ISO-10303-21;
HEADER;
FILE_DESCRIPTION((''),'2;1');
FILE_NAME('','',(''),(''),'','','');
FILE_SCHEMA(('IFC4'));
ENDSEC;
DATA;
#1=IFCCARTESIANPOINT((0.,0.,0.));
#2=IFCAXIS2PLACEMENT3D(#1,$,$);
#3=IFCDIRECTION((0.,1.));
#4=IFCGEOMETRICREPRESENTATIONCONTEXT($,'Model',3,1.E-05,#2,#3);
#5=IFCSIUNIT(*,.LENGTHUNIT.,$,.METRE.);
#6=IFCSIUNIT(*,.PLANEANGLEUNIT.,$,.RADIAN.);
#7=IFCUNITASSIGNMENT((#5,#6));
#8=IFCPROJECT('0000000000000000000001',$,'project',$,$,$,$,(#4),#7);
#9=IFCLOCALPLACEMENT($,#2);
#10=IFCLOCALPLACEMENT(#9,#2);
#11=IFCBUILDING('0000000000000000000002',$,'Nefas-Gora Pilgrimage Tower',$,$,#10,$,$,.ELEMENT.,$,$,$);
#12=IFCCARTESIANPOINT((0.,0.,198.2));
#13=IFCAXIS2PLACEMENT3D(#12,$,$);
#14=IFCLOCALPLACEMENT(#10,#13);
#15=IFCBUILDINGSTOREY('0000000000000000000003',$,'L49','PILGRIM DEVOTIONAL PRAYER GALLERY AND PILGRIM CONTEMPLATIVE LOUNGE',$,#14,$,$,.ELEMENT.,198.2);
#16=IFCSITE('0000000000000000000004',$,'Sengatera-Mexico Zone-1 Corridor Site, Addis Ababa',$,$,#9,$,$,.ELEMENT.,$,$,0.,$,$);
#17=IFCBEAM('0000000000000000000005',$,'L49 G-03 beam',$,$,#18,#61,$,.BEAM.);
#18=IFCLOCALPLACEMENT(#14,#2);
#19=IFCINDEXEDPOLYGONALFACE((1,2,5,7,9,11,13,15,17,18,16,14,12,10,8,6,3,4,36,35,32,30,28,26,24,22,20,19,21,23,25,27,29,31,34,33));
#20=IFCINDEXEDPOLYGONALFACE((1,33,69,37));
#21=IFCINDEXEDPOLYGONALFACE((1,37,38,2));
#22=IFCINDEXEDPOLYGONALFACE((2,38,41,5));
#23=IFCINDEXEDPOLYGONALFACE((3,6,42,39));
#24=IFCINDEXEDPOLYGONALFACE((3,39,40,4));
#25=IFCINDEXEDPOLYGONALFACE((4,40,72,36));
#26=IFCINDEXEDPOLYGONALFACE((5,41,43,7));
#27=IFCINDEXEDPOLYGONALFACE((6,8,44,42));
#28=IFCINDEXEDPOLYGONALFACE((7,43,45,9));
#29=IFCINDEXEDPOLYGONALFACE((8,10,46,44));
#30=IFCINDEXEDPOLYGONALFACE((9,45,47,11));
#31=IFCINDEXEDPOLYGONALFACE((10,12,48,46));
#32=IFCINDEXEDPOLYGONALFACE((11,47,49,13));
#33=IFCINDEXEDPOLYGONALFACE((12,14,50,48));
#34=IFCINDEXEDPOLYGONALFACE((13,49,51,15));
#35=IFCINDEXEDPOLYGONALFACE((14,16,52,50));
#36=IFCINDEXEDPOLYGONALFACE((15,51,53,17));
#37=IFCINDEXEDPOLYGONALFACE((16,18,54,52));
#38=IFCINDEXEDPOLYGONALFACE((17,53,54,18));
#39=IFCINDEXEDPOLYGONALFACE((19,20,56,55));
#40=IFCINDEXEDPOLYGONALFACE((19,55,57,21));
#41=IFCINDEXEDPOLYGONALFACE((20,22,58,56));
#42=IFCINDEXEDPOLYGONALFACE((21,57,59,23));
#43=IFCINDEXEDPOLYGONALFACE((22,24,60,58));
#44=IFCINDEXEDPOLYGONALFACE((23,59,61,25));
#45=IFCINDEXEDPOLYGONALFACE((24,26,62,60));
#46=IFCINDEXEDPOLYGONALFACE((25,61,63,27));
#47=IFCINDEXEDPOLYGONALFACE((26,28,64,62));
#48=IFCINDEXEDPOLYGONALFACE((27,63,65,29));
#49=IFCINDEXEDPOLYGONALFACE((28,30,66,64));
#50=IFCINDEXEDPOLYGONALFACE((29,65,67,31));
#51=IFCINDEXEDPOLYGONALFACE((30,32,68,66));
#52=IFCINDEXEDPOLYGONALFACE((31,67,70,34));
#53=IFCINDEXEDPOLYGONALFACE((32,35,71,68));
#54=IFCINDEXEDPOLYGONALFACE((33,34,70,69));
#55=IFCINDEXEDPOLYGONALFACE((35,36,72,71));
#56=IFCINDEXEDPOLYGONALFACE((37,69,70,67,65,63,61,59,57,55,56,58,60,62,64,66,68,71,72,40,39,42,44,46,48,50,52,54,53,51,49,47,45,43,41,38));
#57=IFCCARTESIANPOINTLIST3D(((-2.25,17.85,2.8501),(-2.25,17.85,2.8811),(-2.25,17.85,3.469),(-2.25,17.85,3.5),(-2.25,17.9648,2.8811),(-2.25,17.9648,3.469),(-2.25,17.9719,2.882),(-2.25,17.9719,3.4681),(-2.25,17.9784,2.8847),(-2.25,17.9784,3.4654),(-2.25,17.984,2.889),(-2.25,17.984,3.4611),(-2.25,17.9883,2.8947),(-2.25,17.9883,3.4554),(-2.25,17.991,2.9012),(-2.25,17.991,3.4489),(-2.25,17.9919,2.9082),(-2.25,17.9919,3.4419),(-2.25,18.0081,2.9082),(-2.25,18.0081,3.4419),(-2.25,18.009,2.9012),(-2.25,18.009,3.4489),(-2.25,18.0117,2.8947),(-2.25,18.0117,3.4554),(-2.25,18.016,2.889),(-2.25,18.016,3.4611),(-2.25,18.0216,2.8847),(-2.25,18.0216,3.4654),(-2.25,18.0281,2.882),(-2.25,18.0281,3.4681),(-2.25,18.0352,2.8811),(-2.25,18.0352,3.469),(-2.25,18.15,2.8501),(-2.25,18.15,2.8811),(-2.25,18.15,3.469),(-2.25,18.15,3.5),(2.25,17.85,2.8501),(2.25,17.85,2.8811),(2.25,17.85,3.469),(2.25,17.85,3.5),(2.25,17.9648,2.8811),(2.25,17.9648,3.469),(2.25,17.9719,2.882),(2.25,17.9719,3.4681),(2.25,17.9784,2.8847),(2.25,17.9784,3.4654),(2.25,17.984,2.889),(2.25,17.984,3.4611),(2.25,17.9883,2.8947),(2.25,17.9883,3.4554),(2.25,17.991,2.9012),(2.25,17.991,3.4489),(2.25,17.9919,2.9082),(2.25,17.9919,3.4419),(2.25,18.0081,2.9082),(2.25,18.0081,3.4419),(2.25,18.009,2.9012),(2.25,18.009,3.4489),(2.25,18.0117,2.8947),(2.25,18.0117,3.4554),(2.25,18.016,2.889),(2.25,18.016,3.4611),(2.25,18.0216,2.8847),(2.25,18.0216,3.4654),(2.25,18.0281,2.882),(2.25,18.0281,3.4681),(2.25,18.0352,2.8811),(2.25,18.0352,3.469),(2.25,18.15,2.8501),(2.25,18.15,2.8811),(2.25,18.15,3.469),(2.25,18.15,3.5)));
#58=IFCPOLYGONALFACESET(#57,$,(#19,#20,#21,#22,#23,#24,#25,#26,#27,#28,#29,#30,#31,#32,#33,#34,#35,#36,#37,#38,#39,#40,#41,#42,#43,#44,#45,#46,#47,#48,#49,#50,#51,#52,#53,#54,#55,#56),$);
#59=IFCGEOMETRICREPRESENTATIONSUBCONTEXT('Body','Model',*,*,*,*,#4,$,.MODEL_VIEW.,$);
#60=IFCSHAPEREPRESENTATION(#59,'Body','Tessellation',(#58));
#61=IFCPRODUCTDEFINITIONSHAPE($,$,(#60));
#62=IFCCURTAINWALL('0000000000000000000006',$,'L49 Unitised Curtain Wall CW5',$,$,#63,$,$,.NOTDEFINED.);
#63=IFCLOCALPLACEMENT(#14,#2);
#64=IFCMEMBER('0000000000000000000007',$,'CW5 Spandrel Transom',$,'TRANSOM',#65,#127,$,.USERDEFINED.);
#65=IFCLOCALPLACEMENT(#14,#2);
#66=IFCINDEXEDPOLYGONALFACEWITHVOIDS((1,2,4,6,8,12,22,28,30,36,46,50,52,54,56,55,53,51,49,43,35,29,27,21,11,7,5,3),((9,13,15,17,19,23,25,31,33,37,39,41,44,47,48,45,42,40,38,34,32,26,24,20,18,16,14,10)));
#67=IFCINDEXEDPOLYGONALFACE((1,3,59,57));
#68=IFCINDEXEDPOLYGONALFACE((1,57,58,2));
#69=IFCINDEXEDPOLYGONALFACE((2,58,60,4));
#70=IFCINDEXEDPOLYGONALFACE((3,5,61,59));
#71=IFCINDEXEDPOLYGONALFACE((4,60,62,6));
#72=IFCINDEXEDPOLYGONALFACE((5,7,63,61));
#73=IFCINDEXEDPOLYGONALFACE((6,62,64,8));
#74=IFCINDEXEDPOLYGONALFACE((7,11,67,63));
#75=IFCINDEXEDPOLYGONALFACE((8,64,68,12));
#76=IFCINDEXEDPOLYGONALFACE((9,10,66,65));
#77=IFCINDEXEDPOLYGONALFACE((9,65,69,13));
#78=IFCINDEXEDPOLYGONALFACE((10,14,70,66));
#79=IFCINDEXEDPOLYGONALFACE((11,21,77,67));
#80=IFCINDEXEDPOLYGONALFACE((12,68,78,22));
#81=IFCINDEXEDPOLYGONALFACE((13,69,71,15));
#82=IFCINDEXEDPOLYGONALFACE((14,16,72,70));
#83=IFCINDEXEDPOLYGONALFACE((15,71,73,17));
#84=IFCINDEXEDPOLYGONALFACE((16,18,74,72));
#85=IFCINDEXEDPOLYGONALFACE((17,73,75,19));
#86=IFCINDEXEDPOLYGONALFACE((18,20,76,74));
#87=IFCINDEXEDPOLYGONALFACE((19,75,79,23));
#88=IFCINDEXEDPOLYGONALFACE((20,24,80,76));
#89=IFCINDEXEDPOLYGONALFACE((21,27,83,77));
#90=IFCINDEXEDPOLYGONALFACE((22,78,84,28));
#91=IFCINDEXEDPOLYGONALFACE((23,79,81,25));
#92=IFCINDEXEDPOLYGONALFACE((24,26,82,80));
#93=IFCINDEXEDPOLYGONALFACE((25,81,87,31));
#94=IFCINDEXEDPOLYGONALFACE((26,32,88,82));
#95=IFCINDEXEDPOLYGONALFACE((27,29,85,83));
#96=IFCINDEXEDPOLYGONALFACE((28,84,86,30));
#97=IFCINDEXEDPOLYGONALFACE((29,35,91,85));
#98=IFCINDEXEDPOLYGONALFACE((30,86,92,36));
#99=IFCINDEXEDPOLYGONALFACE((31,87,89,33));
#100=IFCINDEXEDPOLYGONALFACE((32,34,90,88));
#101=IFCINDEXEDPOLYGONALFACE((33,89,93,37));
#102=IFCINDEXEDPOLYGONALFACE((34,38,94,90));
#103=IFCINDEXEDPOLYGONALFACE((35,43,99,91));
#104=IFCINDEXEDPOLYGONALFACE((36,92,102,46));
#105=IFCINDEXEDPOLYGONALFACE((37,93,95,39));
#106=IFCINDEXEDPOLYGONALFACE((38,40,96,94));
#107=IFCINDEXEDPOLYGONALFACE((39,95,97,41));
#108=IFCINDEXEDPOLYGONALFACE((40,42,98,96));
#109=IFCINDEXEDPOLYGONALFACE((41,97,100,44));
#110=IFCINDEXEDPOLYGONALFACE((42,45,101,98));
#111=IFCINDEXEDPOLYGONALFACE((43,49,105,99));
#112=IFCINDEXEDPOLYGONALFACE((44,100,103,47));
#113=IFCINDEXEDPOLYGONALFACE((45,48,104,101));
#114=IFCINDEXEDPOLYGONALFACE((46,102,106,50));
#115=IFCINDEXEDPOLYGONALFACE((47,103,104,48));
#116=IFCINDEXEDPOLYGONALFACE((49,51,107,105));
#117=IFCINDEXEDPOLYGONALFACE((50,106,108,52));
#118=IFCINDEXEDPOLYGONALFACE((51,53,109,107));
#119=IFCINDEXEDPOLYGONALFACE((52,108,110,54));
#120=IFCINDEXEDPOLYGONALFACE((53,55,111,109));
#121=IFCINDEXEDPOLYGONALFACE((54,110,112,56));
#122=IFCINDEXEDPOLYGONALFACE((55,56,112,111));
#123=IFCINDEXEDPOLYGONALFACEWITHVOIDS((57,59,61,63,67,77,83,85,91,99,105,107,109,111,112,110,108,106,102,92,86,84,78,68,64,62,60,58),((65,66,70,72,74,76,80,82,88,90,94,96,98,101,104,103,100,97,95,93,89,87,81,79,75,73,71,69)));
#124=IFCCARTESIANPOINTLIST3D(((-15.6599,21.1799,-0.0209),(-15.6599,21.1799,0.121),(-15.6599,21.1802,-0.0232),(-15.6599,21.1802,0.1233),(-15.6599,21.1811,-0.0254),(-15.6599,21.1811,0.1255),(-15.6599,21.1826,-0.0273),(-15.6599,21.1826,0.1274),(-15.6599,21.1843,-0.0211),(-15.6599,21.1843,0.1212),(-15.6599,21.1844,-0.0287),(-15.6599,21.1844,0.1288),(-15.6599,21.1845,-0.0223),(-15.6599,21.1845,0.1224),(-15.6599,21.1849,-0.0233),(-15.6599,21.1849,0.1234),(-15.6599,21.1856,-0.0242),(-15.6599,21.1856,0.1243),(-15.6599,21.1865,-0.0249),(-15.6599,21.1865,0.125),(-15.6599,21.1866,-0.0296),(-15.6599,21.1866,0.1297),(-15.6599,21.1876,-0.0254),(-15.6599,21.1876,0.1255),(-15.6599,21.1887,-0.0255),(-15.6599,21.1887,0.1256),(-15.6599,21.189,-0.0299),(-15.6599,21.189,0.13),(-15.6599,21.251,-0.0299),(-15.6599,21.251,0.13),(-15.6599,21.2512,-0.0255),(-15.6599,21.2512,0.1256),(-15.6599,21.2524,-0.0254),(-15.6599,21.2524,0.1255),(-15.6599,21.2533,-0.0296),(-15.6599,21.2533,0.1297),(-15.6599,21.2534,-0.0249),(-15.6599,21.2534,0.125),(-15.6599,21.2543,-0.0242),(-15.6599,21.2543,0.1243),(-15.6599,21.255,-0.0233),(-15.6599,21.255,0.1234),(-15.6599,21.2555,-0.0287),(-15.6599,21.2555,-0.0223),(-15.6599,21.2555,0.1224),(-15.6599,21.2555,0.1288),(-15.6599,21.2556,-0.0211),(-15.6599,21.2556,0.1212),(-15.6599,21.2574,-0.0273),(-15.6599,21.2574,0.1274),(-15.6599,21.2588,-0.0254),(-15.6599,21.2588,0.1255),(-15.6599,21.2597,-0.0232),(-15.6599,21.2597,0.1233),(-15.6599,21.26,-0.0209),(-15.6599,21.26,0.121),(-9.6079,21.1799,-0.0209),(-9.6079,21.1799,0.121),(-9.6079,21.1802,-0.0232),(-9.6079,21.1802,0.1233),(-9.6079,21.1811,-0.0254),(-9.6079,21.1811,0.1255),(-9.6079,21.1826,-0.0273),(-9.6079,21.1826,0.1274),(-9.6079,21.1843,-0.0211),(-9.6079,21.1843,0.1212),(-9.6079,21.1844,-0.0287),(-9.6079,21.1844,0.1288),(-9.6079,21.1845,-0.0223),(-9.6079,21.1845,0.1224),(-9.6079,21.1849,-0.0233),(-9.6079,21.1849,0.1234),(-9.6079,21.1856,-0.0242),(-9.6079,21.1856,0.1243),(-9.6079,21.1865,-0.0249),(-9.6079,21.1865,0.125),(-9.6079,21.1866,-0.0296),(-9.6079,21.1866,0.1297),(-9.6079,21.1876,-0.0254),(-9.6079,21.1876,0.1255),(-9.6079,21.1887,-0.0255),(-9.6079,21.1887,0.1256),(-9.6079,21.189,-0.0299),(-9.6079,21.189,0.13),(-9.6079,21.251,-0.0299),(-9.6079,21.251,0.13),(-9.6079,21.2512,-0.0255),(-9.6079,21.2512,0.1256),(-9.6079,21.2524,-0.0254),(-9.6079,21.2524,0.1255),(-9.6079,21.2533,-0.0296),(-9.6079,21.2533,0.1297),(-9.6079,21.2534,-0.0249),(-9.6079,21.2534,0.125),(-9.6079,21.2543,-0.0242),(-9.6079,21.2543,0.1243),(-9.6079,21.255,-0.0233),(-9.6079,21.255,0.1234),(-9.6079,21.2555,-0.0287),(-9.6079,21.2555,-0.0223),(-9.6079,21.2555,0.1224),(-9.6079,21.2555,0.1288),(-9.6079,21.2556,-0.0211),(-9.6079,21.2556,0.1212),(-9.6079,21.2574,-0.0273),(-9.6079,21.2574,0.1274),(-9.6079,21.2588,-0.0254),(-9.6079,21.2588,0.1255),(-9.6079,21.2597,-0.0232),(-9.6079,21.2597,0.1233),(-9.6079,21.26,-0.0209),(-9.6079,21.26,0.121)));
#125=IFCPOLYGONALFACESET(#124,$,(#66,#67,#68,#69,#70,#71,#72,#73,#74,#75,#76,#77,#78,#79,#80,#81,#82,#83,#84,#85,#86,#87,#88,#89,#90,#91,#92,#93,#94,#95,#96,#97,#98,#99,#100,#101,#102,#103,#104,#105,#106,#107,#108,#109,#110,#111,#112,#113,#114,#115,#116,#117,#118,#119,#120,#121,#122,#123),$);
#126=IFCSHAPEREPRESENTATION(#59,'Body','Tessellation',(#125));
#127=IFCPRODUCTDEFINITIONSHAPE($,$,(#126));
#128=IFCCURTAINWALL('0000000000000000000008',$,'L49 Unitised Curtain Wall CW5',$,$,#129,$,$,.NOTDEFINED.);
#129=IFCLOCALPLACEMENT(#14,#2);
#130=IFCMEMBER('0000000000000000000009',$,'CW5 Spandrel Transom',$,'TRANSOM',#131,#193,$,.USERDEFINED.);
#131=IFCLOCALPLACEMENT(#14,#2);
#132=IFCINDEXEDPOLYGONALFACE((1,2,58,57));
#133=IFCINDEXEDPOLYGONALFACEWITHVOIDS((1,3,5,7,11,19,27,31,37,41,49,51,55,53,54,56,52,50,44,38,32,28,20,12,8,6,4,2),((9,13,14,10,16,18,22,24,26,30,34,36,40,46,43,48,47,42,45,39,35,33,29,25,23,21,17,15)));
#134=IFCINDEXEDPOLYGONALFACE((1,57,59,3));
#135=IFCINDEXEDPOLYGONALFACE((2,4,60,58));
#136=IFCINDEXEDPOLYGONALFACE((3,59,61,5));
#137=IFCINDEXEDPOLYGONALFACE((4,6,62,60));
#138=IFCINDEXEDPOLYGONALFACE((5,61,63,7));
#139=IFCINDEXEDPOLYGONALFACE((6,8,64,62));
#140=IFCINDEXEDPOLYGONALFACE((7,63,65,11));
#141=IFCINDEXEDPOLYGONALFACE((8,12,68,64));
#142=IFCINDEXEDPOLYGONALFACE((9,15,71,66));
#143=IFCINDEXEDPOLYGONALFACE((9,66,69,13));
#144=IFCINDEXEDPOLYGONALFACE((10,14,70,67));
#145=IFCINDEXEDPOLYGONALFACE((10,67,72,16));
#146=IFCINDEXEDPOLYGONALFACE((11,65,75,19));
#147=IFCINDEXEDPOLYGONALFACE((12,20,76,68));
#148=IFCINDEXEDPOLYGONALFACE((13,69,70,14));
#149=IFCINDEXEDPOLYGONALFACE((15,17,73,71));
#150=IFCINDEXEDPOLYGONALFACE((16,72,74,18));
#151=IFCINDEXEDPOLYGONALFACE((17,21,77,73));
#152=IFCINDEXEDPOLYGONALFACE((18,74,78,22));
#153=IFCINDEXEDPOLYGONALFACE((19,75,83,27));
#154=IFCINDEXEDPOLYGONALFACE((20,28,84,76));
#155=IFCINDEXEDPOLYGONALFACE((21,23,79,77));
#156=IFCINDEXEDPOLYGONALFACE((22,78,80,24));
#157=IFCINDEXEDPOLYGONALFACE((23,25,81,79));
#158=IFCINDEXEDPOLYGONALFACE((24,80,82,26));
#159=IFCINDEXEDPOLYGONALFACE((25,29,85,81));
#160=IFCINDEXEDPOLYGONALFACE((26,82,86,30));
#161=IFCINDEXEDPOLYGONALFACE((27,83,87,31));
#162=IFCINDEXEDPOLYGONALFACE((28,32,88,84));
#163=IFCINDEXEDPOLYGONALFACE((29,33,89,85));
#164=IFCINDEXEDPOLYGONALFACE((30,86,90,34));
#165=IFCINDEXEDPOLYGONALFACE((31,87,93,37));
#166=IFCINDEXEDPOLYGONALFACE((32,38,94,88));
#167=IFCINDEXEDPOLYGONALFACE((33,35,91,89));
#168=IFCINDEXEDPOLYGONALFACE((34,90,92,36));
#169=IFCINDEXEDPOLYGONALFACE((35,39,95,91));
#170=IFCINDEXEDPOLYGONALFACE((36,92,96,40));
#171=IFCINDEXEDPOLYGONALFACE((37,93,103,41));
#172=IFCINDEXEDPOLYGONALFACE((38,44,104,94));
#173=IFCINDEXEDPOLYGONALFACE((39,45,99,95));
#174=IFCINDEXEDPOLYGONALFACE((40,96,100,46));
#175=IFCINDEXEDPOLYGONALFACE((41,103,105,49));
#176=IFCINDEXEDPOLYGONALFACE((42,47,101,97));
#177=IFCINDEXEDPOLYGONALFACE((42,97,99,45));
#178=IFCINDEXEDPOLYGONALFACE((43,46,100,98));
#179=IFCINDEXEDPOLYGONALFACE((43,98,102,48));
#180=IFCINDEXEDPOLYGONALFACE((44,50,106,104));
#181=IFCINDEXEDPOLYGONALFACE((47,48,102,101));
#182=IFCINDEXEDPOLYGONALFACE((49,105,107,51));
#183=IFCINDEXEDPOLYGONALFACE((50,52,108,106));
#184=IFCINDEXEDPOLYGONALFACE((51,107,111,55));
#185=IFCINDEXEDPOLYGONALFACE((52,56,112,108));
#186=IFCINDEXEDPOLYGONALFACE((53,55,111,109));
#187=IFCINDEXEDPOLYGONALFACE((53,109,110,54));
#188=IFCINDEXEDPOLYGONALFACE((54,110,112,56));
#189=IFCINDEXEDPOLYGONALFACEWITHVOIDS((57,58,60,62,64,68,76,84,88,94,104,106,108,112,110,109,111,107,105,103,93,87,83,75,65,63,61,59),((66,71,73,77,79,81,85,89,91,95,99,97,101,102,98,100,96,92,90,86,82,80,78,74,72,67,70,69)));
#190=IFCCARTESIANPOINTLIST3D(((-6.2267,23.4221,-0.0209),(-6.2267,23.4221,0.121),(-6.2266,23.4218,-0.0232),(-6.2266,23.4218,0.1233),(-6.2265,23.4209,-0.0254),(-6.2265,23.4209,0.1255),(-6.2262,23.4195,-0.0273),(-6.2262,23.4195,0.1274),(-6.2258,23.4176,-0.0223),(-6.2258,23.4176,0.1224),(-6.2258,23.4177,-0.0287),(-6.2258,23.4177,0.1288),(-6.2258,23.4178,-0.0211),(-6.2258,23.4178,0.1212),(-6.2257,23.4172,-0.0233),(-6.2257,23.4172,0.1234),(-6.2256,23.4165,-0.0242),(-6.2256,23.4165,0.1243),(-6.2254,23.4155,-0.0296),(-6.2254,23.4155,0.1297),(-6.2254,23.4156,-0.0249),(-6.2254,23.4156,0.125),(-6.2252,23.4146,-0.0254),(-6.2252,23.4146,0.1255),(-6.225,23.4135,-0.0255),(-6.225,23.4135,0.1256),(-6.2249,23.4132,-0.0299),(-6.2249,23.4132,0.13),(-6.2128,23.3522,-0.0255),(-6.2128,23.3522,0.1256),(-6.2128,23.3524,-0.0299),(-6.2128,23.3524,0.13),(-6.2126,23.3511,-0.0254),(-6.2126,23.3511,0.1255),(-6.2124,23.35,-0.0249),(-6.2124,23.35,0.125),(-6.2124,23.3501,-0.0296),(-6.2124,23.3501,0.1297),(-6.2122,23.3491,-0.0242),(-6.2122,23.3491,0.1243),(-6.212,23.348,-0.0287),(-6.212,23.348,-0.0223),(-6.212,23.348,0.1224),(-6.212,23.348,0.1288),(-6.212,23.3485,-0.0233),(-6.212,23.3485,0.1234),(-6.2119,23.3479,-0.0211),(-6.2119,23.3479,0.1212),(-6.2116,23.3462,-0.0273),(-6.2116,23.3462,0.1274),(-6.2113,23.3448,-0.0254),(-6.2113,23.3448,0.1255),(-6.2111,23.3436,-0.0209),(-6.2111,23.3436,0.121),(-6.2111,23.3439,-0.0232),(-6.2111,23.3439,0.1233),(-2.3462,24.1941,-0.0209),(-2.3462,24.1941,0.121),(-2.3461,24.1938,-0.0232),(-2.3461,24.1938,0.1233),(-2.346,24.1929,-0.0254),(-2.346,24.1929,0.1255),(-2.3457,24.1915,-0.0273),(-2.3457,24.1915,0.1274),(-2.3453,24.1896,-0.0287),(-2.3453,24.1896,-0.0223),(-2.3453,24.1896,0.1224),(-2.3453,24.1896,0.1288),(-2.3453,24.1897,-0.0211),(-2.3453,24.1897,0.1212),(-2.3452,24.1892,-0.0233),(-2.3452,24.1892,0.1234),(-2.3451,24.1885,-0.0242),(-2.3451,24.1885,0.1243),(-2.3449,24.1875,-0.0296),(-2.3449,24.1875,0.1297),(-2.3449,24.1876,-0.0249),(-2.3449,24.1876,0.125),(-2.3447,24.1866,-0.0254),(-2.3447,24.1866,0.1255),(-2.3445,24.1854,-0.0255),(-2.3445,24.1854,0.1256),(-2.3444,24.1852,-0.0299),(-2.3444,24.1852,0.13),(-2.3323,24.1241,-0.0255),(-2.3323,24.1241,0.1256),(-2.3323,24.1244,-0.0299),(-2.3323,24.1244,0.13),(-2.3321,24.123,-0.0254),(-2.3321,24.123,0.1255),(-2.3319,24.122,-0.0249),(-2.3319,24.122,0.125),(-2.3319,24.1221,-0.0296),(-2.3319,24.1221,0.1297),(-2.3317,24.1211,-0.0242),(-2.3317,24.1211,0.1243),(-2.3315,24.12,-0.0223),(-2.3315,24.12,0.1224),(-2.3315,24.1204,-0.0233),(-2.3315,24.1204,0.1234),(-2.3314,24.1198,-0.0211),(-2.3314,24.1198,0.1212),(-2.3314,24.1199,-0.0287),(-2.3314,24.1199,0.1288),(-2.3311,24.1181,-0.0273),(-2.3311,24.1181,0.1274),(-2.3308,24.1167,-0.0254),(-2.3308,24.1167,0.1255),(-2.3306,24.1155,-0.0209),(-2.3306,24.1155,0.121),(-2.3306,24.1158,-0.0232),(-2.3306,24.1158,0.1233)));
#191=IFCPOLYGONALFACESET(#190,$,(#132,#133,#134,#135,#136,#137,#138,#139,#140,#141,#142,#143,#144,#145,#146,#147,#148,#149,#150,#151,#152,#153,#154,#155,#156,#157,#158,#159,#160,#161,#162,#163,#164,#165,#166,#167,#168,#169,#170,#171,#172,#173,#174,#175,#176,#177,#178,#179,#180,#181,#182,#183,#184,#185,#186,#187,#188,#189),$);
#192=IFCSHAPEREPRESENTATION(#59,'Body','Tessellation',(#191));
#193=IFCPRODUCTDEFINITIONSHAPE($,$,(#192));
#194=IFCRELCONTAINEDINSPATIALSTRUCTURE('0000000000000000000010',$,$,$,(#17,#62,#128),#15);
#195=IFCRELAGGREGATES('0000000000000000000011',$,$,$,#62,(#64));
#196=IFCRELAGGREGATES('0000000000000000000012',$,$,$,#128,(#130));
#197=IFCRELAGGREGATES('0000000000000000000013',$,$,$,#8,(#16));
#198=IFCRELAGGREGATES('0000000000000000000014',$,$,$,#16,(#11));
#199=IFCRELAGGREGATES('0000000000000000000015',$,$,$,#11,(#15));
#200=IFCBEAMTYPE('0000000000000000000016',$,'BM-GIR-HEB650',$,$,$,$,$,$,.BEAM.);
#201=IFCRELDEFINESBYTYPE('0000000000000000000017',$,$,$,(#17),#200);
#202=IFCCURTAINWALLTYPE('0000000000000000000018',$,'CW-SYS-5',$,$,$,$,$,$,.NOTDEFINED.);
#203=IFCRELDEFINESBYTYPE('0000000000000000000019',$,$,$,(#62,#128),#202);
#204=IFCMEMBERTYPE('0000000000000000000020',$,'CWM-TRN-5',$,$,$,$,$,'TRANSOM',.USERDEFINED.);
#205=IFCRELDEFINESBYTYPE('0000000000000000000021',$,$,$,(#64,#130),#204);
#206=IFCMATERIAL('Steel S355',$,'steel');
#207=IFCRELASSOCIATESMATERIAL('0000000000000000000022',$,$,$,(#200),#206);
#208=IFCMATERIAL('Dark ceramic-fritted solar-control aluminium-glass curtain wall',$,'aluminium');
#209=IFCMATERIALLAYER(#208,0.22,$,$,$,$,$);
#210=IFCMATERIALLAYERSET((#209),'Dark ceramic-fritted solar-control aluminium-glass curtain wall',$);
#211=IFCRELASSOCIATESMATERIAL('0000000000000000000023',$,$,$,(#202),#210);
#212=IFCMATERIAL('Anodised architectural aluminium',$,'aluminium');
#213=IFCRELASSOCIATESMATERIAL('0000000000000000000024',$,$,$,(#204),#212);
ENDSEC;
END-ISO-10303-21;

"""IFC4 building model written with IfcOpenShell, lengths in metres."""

from ifc_helpers import new_model, si_unit, direction, frame, origin, origin_2d, place, context, subcontext, project, spatial, hollow_rectangle, i_section, extrude, source, transform, mapped, material, layer, layer_set, material_profile, profile_set, type_object, element, aggregate, save


model = new_model("IFC4")

# Units and contexts
model_context = context("Model", 3, precision=1e-05, world=origin(), true_north=direction((0.0, 1.0)))
body_context = subcontext(model_context, "Body", "Model", "MODEL_VIEW")
ifc_project = project(units=[si_unit("LENGTHUNIT", "METRE"), si_unit("PLANEANGLEUNIT", "RADIAN")], contexts=[model_context])

# Site, building, storey
site_placement = place(None, origin())
site = spatial("IfcSite", under=ifc_project, at=site_placement, Name="Sengatera-Mexico Zone-1 Corridor Site, Addis Ababa", CompositionType="ELEMENT", RefElevation=0.0)
building_placement = place(site_placement, origin())
building = spatial("IfcBuilding", under=site, at=building_placement, Name="Nefas-Gora Pilgrimage Tower", CompositionType="ELEMENT")
storey_placement = place(building_placement, frame((0.0, 0.0, 198.2)))
storey = spatial("IfcBuildingStorey", under=building, at=storey_placement, Name="L49", Description="PILGRIM DEVOTIONAL PRAYER GALLERY AND PILGRIM CONTEMPLATIVE LOUNGE", CompositionType="ELEMENT", Elevation=198.2)

# Beam
ifc_material_1 = material(Name="Steel S355", Category="steel")
ifc_material_profile_1 = material_profile(ifc_material_1, i_section(OverallWidth=0.3, OverallDepth=0.6499, WebThickness=0.0161, FlangeThickness=0.031, FilletRadius=0.0271, at=origin_2d()), Name="HEB 650")
ifc_profile_set_1 = profile_set([ifc_material_profile_1], Name="Steel S355")
beam_type = type_object("IfcBeamType", Name="BM-GIR-HEB650", PredefinedType="BEAM", material=ifc_profile_set_1)
shared_shape_1 = source(origin(), body_context, "Body", "SweptSolid", [
    extrude(i_section(OverallWidth=0.3, OverallDepth=0.6499, WebThickness=0.0161, FlangeThickness=0.031, FilletRadius=0.0271, at=origin_2d()), origin(), (0.0, 0.0, 1.0), 4.5),
])
for number, where, z_axis, x_axis, name in (
    (1, (-2.25, 18.0, 3.175), (1.0, 0.0, 0.0), (0.0, 1.0, 0.0), "L49 G-03 beam"),
):
    element("IfcBeam", number, at=place(storey_placement, frame(where, z_axis=z_axis, x_axis=x_axis)), inside=storey, type_object=beam_type, Name=name, PredefinedType="BEAM", context=body_context, shape_type="MappedRepresentation", body=[
        mapped(shared_shape_1, transform((0.0, 0.0, 0.0), x_axis=(1.0, 0.0, 0.0), y_axis=(0.0, 1.0, 0.0), z_axis=(0.0, 0.0, 1.0), scale=1.0)),
    ])

# Curtain wall, member
ifc_material_2 = material(Name="Dark ceramic-fritted solar-control aluminium-glass curtain wall", Category="aluminium")
ifc_layer_1 = layer(ifc_material_2, 0.22)
ifc_layer_set_1 = layer_set([ifc_layer_1], Name="Dark ceramic-fritted solar-control aluminium-glass curtain wall")
curtain_wall_type = type_object("IfcCurtainWallType", Name="CW-SYS-5", PredefinedType="NOTDEFINED", material=ifc_layer_set_1)
curtain_wall_1_placement = place(storey_placement, origin())
curtain_wall_1 = element("IfcCurtainWall", 2, at=curtain_wall_1_placement, inside=storey, type_object=curtain_wall_type, Name="L49 Unitised Curtain Wall CW5", PredefinedType="NOTDEFINED")
ifc_material_3 = material(Name="Anodised architectural aluminium", Category="aluminium")
ifc_material_profile_2 = material_profile(ifc_material_3, hollow_rectangle(XDim=0.0801, YDim=0.1599, WallThickness=0.0044, InnerFilletRadius=0.0044, OuterFilletRadius=0.009, at=origin_2d()), Name="ALU TRANSOM 80x160")
ifc_profile_set_2 = profile_set([ifc_material_profile_2], Name="Anodised architectural aluminium")
member_type_1 = type_object("IfcMemberType", Name="CWM-TRN-5", ElementType="TRANSOM", PredefinedType="USERDEFINED", material=ifc_profile_set_2)
shared_shape_2 = source(origin(), body_context, "Body", "SweptSolid", [
    extrude(hollow_rectangle(XDim=0.0801, YDim=0.1599, WallThickness=0.0044, InnerFilletRadius=0.0044, OuterFilletRadius=0.009, at=origin_2d()), origin(), (0.0, 0.0, 1.0), 6.052),
])
member_1_placement = place(storey_placement, frame((-9.6079, 21.22, 0.05), z_axis=(-1.0, 0.0, 0.0), x_axis=(0.0, -1.0, 0.0)))
member_1 = element("IfcMember", 3, at=member_1_placement, type_object=member_type_1, Name="CW5 Spandrel Transom", ObjectType="TRANSOM", PredefinedType="USERDEFINED", context=body_context, shape_type="MappedRepresentation", body=[
    mapped(shared_shape_2, transform((0.0, 0.0, 0.0), x_axis=(1.0, 0.0, 0.0), y_axis=(0.0, 1.0, 0.0), z_axis=(0.0, 0.0, 1.0), scale=1.0)),
])

# Curtain wall, member
curtain_wall_2_placement = place(storey_placement, origin())
curtain_wall_2 = element("IfcCurtainWall", 4, at=curtain_wall_2_placement, inside=storey, type_object=curtain_wall_type, Name="L49 Unitised Curtain Wall CW5", PredefinedType="NOTDEFINED")
shared_shape_3 = source(origin(), body_context, "Body", "SweptSolid", [
    extrude(hollow_rectangle(XDim=0.0801, YDim=0.1599, WallThickness=0.0044, InnerFilletRadius=0.0044, OuterFilletRadius=0.009, at=origin_2d()), origin(), (0.0, 0.0, 1.0), 3.9565),
])
member_2_placement = place(storey_placement, frame((-2.3384, 24.1548, 0.05), z_axis=(-0.980782, -0.195107, 0.0), x_axis=(0.195107, -0.980782, 0.0)))
member_2 = element("IfcMember", 5, at=member_2_placement, type_object=member_type_1, Name="CW5 Spandrel Transom", ObjectType="TRANSOM", PredefinedType="USERDEFINED", context=body_context, shape_type="MappedRepresentation", body=[
    mapped(shared_shape_3, transform((0.0, 0.0, 0.0), x_axis=(1.0, 0.0, 0.0), y_axis=(0.0, 1.0, 0.0), z_axis=(0.0, 0.0, 1.0), scale=1.0)),
])

aggregate(curtain_wall_1, [member_1])

aggregate(curtain_wall_2, [member_2])

save(model, "model.ifc")
